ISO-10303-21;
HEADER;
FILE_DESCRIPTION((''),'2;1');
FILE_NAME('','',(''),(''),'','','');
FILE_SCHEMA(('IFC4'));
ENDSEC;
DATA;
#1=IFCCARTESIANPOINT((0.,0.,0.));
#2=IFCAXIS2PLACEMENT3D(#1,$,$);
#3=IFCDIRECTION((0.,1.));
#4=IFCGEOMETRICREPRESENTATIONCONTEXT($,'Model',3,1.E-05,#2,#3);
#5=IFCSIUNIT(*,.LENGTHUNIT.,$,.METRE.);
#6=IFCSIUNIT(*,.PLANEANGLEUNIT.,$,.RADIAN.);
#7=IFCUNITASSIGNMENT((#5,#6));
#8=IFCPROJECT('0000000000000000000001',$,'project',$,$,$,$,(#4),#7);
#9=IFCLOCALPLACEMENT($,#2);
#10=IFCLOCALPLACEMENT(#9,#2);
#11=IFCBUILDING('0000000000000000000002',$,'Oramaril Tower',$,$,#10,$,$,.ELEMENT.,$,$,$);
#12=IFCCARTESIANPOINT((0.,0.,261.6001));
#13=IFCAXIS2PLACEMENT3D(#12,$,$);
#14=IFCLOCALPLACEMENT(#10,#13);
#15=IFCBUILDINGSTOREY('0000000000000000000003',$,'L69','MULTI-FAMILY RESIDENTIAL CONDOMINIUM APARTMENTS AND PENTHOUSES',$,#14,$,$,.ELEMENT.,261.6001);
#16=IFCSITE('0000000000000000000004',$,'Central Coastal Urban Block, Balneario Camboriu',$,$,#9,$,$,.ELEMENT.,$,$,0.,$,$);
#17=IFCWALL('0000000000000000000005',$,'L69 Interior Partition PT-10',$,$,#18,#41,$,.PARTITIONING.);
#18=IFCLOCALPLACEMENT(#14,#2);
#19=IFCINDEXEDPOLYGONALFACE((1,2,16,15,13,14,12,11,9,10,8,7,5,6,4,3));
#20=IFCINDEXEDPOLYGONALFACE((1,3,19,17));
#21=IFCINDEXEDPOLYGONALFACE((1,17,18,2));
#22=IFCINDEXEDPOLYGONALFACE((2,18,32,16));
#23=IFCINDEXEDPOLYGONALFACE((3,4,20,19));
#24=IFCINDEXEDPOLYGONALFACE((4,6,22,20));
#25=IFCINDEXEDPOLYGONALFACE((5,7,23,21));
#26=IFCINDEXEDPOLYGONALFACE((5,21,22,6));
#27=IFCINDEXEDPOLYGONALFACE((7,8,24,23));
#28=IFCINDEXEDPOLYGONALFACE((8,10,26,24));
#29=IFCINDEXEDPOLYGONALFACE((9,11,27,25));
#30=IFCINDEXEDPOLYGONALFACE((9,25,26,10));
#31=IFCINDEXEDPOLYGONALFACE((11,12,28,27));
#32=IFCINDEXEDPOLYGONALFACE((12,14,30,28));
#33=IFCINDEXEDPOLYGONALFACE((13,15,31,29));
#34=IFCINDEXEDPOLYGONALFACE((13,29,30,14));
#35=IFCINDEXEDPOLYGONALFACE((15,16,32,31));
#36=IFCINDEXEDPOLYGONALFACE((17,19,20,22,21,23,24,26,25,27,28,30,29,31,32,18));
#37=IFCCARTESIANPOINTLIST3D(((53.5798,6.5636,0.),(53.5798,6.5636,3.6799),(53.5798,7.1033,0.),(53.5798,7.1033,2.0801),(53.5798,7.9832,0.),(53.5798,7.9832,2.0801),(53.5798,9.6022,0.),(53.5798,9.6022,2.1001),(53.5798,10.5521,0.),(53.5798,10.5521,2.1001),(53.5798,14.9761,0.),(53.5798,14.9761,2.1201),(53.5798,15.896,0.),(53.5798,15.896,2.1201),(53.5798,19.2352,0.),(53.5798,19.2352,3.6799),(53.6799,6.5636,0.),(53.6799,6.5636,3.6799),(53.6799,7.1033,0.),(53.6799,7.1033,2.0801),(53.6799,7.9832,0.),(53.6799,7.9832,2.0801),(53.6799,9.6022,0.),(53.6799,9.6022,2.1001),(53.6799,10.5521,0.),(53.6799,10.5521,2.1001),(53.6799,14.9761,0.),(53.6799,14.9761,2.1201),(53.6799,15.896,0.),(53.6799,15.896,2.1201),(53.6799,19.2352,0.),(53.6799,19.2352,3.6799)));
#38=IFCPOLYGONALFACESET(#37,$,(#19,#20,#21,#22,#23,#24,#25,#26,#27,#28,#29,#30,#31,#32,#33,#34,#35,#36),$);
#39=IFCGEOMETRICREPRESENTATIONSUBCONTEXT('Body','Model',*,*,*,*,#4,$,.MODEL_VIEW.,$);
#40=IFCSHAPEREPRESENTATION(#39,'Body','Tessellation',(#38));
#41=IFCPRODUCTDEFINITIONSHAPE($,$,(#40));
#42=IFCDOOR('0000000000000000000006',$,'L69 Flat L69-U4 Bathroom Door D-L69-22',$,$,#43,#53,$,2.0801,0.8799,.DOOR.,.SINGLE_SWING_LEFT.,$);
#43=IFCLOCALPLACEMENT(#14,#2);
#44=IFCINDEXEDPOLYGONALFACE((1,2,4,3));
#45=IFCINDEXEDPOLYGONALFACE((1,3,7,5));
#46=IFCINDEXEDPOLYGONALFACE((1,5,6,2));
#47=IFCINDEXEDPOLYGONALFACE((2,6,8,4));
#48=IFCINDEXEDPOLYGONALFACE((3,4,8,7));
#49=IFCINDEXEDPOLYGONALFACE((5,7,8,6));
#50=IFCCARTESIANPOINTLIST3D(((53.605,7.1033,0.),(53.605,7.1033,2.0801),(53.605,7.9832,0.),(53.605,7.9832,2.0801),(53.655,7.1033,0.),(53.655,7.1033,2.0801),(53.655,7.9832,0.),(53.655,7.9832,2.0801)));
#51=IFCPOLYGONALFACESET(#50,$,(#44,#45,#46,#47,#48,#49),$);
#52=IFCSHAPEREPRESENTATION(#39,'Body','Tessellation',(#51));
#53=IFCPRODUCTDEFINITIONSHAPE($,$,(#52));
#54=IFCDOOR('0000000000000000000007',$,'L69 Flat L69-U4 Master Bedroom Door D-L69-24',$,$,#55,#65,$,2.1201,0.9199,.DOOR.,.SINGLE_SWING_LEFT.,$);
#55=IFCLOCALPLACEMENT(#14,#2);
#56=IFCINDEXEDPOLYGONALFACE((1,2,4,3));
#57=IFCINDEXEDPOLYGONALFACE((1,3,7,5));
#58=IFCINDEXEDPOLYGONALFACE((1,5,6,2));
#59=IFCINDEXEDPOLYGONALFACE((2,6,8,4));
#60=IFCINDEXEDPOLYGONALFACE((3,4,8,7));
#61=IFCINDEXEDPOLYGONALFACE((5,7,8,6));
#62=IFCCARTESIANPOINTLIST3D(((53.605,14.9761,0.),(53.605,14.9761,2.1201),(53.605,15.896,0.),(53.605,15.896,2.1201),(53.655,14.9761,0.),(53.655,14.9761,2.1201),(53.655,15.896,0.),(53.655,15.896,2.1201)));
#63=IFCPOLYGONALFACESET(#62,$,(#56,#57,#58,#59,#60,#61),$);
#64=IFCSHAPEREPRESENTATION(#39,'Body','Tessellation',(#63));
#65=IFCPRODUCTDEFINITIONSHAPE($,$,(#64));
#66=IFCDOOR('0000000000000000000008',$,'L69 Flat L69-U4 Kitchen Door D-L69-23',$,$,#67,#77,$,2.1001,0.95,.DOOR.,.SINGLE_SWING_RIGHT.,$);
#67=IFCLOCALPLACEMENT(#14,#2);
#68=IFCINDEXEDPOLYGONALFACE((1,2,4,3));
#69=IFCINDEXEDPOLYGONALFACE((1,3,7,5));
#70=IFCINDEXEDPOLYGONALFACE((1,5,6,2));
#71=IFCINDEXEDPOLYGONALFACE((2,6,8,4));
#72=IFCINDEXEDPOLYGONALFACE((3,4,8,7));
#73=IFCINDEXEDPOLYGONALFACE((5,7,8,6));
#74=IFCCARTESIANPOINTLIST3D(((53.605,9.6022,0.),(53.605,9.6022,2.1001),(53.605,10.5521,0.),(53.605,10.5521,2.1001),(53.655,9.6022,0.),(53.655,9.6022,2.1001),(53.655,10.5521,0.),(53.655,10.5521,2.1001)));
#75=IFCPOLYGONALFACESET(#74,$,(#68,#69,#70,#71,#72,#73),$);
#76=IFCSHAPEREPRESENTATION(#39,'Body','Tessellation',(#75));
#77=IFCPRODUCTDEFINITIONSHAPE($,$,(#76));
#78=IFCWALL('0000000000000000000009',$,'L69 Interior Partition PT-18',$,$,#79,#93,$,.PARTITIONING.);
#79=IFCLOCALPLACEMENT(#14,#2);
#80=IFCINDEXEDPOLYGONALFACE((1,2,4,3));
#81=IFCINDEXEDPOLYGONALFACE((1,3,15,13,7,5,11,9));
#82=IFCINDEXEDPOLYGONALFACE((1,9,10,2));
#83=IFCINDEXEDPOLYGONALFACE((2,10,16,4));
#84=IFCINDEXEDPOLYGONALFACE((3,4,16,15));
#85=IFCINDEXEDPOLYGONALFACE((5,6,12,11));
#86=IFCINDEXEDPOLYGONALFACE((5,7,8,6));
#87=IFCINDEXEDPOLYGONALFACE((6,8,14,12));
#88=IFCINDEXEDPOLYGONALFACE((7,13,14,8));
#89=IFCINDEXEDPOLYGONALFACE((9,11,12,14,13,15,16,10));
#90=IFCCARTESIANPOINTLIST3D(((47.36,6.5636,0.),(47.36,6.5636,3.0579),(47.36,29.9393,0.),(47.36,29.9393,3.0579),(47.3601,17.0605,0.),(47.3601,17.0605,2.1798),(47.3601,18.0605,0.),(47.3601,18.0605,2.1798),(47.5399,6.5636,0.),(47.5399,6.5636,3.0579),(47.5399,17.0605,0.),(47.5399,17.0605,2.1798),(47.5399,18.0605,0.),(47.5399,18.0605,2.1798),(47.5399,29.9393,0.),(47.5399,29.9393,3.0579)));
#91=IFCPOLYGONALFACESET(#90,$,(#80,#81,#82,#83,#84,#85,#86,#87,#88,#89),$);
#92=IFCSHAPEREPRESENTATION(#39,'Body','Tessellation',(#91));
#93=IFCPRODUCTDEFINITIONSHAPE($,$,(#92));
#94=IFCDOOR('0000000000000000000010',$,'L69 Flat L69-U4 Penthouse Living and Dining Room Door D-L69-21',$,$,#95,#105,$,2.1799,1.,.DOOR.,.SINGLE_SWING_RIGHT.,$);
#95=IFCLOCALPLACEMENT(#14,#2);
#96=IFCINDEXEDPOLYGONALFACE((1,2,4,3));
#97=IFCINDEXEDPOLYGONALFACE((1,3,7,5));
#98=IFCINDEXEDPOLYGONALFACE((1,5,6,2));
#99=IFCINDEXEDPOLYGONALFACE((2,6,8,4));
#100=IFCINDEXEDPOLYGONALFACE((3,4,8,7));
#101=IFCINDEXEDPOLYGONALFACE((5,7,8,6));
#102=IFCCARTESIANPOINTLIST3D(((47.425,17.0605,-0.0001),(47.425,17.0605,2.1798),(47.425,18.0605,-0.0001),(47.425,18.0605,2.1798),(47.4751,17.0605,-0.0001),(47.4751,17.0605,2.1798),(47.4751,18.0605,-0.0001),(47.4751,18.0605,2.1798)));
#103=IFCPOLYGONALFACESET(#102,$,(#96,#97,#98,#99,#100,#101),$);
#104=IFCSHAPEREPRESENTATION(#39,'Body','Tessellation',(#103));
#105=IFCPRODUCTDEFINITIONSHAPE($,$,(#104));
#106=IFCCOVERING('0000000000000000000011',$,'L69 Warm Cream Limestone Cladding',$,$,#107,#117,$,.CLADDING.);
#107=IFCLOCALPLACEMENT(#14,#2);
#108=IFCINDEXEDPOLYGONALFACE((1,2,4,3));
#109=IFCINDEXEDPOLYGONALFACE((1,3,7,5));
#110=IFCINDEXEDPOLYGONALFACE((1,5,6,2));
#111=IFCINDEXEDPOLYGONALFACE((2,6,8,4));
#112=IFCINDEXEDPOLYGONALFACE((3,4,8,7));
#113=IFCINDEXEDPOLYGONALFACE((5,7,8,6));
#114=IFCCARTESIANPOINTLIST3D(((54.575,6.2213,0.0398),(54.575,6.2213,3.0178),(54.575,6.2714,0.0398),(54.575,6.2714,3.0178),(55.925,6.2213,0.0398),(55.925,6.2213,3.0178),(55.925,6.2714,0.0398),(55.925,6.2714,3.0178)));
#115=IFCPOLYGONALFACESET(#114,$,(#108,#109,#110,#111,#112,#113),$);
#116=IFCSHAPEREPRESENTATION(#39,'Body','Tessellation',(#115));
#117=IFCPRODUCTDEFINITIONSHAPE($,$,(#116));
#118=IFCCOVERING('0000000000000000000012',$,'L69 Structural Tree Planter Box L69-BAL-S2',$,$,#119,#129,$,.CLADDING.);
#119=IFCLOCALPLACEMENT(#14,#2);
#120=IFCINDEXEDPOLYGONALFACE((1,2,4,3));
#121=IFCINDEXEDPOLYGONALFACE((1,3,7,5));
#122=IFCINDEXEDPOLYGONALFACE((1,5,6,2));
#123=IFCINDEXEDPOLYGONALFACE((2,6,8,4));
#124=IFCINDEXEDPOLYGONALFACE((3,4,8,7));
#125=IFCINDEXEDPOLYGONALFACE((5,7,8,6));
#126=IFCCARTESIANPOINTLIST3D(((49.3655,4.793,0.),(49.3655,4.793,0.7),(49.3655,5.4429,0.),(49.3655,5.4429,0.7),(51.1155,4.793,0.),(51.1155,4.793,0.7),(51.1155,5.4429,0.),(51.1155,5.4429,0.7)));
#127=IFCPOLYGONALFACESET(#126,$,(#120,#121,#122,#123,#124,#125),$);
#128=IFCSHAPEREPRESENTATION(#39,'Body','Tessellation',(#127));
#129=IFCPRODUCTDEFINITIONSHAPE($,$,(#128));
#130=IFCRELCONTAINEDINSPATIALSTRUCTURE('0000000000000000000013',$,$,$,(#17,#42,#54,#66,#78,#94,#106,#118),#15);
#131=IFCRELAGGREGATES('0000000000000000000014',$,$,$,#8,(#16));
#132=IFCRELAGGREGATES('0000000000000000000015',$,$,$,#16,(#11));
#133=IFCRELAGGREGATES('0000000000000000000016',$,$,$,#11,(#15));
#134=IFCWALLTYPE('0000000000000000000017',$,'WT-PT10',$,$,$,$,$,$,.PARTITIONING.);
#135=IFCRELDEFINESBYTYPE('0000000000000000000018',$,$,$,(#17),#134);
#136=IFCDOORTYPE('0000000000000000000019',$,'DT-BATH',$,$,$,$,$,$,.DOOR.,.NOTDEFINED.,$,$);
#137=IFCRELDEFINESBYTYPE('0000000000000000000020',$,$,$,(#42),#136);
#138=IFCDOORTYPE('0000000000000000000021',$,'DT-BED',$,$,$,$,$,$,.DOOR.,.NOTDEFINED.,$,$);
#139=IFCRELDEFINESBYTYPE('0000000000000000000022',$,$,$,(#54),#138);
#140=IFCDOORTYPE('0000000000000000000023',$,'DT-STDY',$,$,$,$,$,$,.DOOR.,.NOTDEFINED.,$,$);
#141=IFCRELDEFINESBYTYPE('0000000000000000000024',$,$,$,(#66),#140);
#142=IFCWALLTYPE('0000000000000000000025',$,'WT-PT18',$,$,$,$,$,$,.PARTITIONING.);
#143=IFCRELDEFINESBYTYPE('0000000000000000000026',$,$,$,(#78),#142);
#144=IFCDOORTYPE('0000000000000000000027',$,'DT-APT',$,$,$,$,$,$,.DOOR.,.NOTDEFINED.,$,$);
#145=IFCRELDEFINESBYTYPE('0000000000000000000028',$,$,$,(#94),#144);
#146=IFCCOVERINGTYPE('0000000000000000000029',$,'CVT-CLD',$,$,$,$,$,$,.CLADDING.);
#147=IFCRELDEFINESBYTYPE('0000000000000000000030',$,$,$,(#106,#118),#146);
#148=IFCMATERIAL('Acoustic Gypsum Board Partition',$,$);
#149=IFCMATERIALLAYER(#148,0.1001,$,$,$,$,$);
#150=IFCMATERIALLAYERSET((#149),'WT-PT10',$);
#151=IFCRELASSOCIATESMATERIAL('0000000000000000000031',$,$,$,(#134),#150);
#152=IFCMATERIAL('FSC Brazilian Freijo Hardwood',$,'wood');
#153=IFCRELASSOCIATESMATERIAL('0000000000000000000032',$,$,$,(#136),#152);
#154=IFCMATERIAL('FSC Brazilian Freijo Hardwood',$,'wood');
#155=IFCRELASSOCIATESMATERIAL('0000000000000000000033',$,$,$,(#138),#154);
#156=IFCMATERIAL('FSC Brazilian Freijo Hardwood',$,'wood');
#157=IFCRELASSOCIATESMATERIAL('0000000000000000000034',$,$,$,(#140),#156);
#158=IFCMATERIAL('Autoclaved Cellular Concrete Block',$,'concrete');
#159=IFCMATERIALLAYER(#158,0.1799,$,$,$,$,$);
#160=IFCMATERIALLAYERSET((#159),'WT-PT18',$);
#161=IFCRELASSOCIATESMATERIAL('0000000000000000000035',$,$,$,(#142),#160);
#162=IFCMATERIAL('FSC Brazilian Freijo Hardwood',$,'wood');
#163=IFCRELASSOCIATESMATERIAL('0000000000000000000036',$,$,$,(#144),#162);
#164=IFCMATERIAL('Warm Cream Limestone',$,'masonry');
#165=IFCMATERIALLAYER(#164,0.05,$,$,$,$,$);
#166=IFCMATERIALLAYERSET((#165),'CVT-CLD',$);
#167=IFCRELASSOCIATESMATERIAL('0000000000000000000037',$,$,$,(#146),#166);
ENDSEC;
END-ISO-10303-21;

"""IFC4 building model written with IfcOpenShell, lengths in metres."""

from ifc_helpers import new_model, si_unit, direction, frame, frame_2d, origin, origin_2d, place, context, subcontext, project, spatial, rectangle, extrude, material, layer, layer_set, type_object, element, fill, save


model = new_model("IFC4")

# Units and contexts
model_context = context("Model", 3, precision=1e-05, world=origin(), true_north=direction((0.0, 1.0)))
body_context = subcontext(model_context, "Body", "Model", "MODEL_VIEW")
ifc_project = project(units=[si_unit("LENGTHUNIT", "METRE"), si_unit("PLANEANGLEUNIT", "RADIAN")], contexts=[model_context])

# Site, building, storey
site_placement = place(None, origin())
site = spatial("IfcSite", under=ifc_project, at=site_placement, Name="Central Coastal Urban Block, Balneario Camboriu", CompositionType="ELEMENT", RefElevation=0.0)
building_placement = place(site_placement, origin())
building = spatial("IfcBuilding", under=site, at=building_placement, Name="Oramaril Tower", CompositionType="ELEMENT")
storey_placement = place(building_placement, frame((0.0, 0.0, 261.6001)))
storey = spatial("IfcBuildingStorey", under=building, at=storey_placement, Name="L69", Description="MULTI-FAMILY RESIDENTIAL CONDOMINIUM APARTMENTS AND PENTHOUSES", CompositionType="ELEMENT", Elevation=261.6001)

# Wall, openings, doors
ifc_material_1 = material(Name="Acoustic Gypsum Board Partition")
ifc_layer_1 = layer(ifc_material_1, 0.1001)
ifc_layer_set_1 = layer_set([ifc_layer_1], Name="WT-PT10")
wall_type_1 = type_object("IfcWallType", Name="WT-PT10", PredefinedType="PARTITIONING", material=ifc_layer_set_1)
wall_1_placement = place(storey_placement, frame((53.6299, 6.5635, 0.0), z_axis=(0.0, 0.0, 1.0), x_axis=(0.0, 1.0, 0.0)))
wall_1 = element("IfcWall", 1, at=wall_1_placement, inside=storey, type_object=wall_type_1, Name="L69 Interior Partition PT-10", PredefinedType="PARTITIONING", context=body_context, shape_type="SweptSolid", body=[
    extrude(rectangle(XDim=12.6716, YDim=0.1001, at=frame_2d((6.3359, 0.0))), origin(), (0.0, 0.0, 1.0), 3.6799),
])
opening_1_placement = place(wall_1_placement, frame((0.5398, 0.0, 0.0)))
opening_1 = element("IfcOpeningElement", 2, at=opening_1_placement, cuts=wall_1, PredefinedType="OPENING", context=body_context, shape_type="SweptSolid", body=[
    extrude(rectangle(XDim=0.8799, YDim=2.0801, at=frame_2d((0.4399, 1.04))), frame((0.0, 0.05, 0.0), z_axis=(0.0, -1.0, 0.0), x_axis=(1.0, 0.0, 0.0)), (0.0, 0.0, 1.0), 0.1001),
])
opening_2_placement = place(wall_1_placement, frame((3.0386, 0.0, 0.0)))
opening_2 = element("IfcOpeningElement", 3, at=opening_2_placement, cuts=wall_1, PredefinedType="OPENING", context=body_context, shape_type="SweptSolid", body=[
    extrude(rectangle(XDim=0.95, YDim=2.1001, at=frame_2d((0.4751, 1.05))), frame((0.0, 0.05, 0.0), z_axis=(0.0, -1.0, 0.0), x_axis=(1.0, 0.0, 0.0)), (0.0, 0.0, 1.0), 0.1001),
])
opening_3_placement = place(wall_1_placement, frame((8.4126, 0.0, 0.0)))
opening_3 = element("IfcOpeningElement", 4, at=opening_3_placement, cuts=wall_1, PredefinedType="OPENING", context=body_context, shape_type="SweptSolid", body=[
    extrude(rectangle(XDim=0.9199, YDim=2.1201, at=frame_2d((0.46, 1.0601))), frame((0.0, 0.05, 0.0), z_axis=(0.0, -1.0, 0.0), x_axis=(1.0, 0.0, 0.0)), (0.0, 0.0, 1.0), 0.1001),
])
ifc_material_2 = material(Name="FSC Brazilian Freijo Hardwood", Category="wood")
door_type_1 = type_object("IfcDoorType", Name="DT-BATH", OperationType="NOTDEFINED", PredefinedType="DOOR", material=ifc_material_2)
door_1_placement = place(opening_1_placement, origin())
door_1 = element("IfcDoor", 5, at=door_1_placement, inside=storey, type_object=door_type_1, Name="L69 Flat L69-U4 Bathroom Door D-L69-22", OperationType="SINGLE_SWING_LEFT", OverallHeight=2.0801, OverallWidth=0.8799, PredefinedType="DOOR", context=body_context, shape_type="SweptSolid", body=[
    extrude(rectangle(XDim=0.8799, YDim=2.0801, at=frame_2d((0.4399, 1.04))), frame((0.0, 0.0249, 0.0), z_axis=(0.0, -1.0, 0.0), x_axis=(1.0, 0.0, 0.0)), (0.0, 0.0, 1.0), 0.05),
])
fill(opening_1, door_1)
ifc_material_3 = material(Name="FSC Brazilian Freijo Hardwood", Category="wood")
door_type_2 = type_object("IfcDoorType", Name="DT-BED", OperationType="NOTDEFINED", PredefinedType="DOOR", material=ifc_material_3)
door_2_placement = place(opening_3_placement, origin())
door_2 = element("IfcDoor", 6, at=door_2_placement, inside=storey, type_object=door_type_2, Name="L69 Flat L69-U4 Master Bedroom Door D-L69-24", OperationType="SINGLE_SWING_LEFT", OverallHeight=2.1201, OverallWidth=0.9199, PredefinedType="DOOR", context=body_context, shape_type="SweptSolid", body=[
    extrude(rectangle(XDim=0.9199, YDim=2.1201, at=frame_2d((0.46, 1.0601))), frame((0.0, 0.0249, 0.0), z_axis=(0.0, -1.0, 0.0), x_axis=(1.0, 0.0, 0.0)), (0.0, 0.0, 1.0), 0.05),
])
fill(opening_3, door_2)
ifc_material_4 = material(Name="FSC Brazilian Freijo Hardwood", Category="wood")
door_type_3 = type_object("IfcDoorType", Name="DT-STDY", OperationType="NOTDEFINED", PredefinedType="DOOR", material=ifc_material_4)
door_3_placement = place(opening_2_placement, origin())
door_3 = element("IfcDoor", 7, at=door_3_placement, inside=storey, type_object=door_type_3, Name="L69 Flat L69-U4 Kitchen Door D-L69-23", OperationType="SINGLE_SWING_RIGHT", OverallHeight=2.1001, OverallWidth=0.95, PredefinedType="DOOR", context=body_context, shape_type="SweptSolid", body=[
    extrude(rectangle(XDim=0.95, YDim=2.1001, at=frame_2d((0.4751, 1.05))), frame((0.0, 0.0249, 0.0), z_axis=(0.0, -1.0, 0.0), x_axis=(1.0, 0.0, 0.0)), (0.0, 0.0, 1.0), 0.05),
])
fill(opening_2, door_3)

# Wall, opening, door
ifc_material_5 = material(Name="Autoclaved Cellular Concrete Block", Category="concrete")
ifc_layer_2 = layer(ifc_material_5, 0.1799)
ifc_layer_set_2 = layer_set([ifc_layer_2], Name="WT-PT18")
wall_type_2 = type_object("IfcWallType", Name="WT-PT18", PredefinedType="PARTITIONING", material=ifc_layer_set_2)
wall_2_placement = place(storey_placement, frame((47.45, 6.5635, 0.0), z_axis=(0.0, 0.0, 1.0), x_axis=(0.0, 1.0, 0.0)))
wall_2 = element("IfcWall", 8, at=wall_2_placement, inside=storey, type_object=wall_type_2, Name="L69 Interior Partition PT-18", PredefinedType="PARTITIONING", context=body_context, shape_type="SweptSolid", body=[
    extrude(rectangle(XDim=23.3757, YDim=0.1799, at=frame_2d((11.688, 0.0))), origin(), (0.0, 0.0, 1.0), 3.0579),
])
opening_4_placement = place(wall_2_placement, frame((10.4971, 0.0, 0.0)))
opening_4 = element("IfcOpeningElement", 9, at=opening_4_placement, cuts=wall_2, PredefinedType="OPENING", context=body_context, shape_type="SweptSolid", body=[
    extrude(rectangle(XDim=1.0, YDim=2.1799, at=frame_2d((0.5, 1.0898))), frame((0.0, 0.0898, 0.0), z_axis=(0.0, -1.0, 0.0), x_axis=(1.0, 0.0, 0.0)), (0.0, 0.0, 1.0), 0.1799),
])
ifc_material_6 = material(Name="FSC Brazilian Freijo Hardwood", Category="wood")
door_type_4 = type_object("IfcDoorType", Name="DT-APT", OperationType="NOTDEFINED", PredefinedType="DOOR", material=ifc_material_6)
door_4_placement = place(opening_4_placement, origin())
door_4 = element("IfcDoor", 10, at=door_4_placement, inside=storey, type_object=door_type_4, Name="L69 Flat L69-U4 Penthouse Living and Dining Room Door D-L69-21", OperationType="SINGLE_SWING_RIGHT", OverallHeight=2.1799, OverallWidth=1.0, PredefinedType="DOOR", context=body_context, shape_type="SweptSolid", body=[
    extrude(rectangle(XDim=1.0, YDim=2.1799, at=frame_2d((0.5, 1.0898))), frame((0.0, 0.0249, 0.0), z_axis=(0.0, -1.0, 0.0), x_axis=(1.0, 0.0, 0.0)), (0.0, 0.0, 1.0), 0.05),
])
fill(opening_4, door_4)

# Coverings
ifc_material_7 = material(Name="Warm Cream Limestone", Category="masonry")
ifc_layer_3 = layer(ifc_material_7, 0.05)
ifc_layer_set_3 = layer_set([ifc_layer_3], Name="CVT-CLD")
covering_type = type_object("IfcCoveringType", Name="CVT-CLD", PredefinedType="CLADDING", material=ifc_layer_set_3)
covering_1_placement = place(storey_placement, frame((55.25, 6.2463, 0.0398), z_axis=(0.0, 0.0, 1.0), x_axis=(1.0, 0.0, 0.0)))
element("IfcCovering", 11, at=covering_1_placement, inside=storey, type_object=covering_type, Name="L69 Warm Cream Limestone Cladding", PredefinedType="CLADDING", context=body_context, shape_type="SweptSolid", body=[
    extrude(rectangle(XDim=1.3501, YDim=0.05, at=origin_2d()), origin(), (0.0, 0.0, 1.0), 2.978),
])
covering_2_placement = place(storey_placement, frame((50.2405, 5.1179, 0.0), z_axis=(0.0, 0.0, 1.0), x_axis=(1.0, 0.0, 0.0)))
element("IfcCovering", 12, at=covering_2_placement, inside=storey, type_object=covering_type, Name="L69 Structural Tree Planter Box L69-BAL-S2", PredefinedType="CLADDING", context=body_context, shape_type="SweptSolid", body=[
    extrude(rectangle(XDim=1.75, YDim=0.6499, at=origin_2d()), origin(), (0.0, 0.0, 1.0), 0.7),
])

save(model, "model.ifc")
